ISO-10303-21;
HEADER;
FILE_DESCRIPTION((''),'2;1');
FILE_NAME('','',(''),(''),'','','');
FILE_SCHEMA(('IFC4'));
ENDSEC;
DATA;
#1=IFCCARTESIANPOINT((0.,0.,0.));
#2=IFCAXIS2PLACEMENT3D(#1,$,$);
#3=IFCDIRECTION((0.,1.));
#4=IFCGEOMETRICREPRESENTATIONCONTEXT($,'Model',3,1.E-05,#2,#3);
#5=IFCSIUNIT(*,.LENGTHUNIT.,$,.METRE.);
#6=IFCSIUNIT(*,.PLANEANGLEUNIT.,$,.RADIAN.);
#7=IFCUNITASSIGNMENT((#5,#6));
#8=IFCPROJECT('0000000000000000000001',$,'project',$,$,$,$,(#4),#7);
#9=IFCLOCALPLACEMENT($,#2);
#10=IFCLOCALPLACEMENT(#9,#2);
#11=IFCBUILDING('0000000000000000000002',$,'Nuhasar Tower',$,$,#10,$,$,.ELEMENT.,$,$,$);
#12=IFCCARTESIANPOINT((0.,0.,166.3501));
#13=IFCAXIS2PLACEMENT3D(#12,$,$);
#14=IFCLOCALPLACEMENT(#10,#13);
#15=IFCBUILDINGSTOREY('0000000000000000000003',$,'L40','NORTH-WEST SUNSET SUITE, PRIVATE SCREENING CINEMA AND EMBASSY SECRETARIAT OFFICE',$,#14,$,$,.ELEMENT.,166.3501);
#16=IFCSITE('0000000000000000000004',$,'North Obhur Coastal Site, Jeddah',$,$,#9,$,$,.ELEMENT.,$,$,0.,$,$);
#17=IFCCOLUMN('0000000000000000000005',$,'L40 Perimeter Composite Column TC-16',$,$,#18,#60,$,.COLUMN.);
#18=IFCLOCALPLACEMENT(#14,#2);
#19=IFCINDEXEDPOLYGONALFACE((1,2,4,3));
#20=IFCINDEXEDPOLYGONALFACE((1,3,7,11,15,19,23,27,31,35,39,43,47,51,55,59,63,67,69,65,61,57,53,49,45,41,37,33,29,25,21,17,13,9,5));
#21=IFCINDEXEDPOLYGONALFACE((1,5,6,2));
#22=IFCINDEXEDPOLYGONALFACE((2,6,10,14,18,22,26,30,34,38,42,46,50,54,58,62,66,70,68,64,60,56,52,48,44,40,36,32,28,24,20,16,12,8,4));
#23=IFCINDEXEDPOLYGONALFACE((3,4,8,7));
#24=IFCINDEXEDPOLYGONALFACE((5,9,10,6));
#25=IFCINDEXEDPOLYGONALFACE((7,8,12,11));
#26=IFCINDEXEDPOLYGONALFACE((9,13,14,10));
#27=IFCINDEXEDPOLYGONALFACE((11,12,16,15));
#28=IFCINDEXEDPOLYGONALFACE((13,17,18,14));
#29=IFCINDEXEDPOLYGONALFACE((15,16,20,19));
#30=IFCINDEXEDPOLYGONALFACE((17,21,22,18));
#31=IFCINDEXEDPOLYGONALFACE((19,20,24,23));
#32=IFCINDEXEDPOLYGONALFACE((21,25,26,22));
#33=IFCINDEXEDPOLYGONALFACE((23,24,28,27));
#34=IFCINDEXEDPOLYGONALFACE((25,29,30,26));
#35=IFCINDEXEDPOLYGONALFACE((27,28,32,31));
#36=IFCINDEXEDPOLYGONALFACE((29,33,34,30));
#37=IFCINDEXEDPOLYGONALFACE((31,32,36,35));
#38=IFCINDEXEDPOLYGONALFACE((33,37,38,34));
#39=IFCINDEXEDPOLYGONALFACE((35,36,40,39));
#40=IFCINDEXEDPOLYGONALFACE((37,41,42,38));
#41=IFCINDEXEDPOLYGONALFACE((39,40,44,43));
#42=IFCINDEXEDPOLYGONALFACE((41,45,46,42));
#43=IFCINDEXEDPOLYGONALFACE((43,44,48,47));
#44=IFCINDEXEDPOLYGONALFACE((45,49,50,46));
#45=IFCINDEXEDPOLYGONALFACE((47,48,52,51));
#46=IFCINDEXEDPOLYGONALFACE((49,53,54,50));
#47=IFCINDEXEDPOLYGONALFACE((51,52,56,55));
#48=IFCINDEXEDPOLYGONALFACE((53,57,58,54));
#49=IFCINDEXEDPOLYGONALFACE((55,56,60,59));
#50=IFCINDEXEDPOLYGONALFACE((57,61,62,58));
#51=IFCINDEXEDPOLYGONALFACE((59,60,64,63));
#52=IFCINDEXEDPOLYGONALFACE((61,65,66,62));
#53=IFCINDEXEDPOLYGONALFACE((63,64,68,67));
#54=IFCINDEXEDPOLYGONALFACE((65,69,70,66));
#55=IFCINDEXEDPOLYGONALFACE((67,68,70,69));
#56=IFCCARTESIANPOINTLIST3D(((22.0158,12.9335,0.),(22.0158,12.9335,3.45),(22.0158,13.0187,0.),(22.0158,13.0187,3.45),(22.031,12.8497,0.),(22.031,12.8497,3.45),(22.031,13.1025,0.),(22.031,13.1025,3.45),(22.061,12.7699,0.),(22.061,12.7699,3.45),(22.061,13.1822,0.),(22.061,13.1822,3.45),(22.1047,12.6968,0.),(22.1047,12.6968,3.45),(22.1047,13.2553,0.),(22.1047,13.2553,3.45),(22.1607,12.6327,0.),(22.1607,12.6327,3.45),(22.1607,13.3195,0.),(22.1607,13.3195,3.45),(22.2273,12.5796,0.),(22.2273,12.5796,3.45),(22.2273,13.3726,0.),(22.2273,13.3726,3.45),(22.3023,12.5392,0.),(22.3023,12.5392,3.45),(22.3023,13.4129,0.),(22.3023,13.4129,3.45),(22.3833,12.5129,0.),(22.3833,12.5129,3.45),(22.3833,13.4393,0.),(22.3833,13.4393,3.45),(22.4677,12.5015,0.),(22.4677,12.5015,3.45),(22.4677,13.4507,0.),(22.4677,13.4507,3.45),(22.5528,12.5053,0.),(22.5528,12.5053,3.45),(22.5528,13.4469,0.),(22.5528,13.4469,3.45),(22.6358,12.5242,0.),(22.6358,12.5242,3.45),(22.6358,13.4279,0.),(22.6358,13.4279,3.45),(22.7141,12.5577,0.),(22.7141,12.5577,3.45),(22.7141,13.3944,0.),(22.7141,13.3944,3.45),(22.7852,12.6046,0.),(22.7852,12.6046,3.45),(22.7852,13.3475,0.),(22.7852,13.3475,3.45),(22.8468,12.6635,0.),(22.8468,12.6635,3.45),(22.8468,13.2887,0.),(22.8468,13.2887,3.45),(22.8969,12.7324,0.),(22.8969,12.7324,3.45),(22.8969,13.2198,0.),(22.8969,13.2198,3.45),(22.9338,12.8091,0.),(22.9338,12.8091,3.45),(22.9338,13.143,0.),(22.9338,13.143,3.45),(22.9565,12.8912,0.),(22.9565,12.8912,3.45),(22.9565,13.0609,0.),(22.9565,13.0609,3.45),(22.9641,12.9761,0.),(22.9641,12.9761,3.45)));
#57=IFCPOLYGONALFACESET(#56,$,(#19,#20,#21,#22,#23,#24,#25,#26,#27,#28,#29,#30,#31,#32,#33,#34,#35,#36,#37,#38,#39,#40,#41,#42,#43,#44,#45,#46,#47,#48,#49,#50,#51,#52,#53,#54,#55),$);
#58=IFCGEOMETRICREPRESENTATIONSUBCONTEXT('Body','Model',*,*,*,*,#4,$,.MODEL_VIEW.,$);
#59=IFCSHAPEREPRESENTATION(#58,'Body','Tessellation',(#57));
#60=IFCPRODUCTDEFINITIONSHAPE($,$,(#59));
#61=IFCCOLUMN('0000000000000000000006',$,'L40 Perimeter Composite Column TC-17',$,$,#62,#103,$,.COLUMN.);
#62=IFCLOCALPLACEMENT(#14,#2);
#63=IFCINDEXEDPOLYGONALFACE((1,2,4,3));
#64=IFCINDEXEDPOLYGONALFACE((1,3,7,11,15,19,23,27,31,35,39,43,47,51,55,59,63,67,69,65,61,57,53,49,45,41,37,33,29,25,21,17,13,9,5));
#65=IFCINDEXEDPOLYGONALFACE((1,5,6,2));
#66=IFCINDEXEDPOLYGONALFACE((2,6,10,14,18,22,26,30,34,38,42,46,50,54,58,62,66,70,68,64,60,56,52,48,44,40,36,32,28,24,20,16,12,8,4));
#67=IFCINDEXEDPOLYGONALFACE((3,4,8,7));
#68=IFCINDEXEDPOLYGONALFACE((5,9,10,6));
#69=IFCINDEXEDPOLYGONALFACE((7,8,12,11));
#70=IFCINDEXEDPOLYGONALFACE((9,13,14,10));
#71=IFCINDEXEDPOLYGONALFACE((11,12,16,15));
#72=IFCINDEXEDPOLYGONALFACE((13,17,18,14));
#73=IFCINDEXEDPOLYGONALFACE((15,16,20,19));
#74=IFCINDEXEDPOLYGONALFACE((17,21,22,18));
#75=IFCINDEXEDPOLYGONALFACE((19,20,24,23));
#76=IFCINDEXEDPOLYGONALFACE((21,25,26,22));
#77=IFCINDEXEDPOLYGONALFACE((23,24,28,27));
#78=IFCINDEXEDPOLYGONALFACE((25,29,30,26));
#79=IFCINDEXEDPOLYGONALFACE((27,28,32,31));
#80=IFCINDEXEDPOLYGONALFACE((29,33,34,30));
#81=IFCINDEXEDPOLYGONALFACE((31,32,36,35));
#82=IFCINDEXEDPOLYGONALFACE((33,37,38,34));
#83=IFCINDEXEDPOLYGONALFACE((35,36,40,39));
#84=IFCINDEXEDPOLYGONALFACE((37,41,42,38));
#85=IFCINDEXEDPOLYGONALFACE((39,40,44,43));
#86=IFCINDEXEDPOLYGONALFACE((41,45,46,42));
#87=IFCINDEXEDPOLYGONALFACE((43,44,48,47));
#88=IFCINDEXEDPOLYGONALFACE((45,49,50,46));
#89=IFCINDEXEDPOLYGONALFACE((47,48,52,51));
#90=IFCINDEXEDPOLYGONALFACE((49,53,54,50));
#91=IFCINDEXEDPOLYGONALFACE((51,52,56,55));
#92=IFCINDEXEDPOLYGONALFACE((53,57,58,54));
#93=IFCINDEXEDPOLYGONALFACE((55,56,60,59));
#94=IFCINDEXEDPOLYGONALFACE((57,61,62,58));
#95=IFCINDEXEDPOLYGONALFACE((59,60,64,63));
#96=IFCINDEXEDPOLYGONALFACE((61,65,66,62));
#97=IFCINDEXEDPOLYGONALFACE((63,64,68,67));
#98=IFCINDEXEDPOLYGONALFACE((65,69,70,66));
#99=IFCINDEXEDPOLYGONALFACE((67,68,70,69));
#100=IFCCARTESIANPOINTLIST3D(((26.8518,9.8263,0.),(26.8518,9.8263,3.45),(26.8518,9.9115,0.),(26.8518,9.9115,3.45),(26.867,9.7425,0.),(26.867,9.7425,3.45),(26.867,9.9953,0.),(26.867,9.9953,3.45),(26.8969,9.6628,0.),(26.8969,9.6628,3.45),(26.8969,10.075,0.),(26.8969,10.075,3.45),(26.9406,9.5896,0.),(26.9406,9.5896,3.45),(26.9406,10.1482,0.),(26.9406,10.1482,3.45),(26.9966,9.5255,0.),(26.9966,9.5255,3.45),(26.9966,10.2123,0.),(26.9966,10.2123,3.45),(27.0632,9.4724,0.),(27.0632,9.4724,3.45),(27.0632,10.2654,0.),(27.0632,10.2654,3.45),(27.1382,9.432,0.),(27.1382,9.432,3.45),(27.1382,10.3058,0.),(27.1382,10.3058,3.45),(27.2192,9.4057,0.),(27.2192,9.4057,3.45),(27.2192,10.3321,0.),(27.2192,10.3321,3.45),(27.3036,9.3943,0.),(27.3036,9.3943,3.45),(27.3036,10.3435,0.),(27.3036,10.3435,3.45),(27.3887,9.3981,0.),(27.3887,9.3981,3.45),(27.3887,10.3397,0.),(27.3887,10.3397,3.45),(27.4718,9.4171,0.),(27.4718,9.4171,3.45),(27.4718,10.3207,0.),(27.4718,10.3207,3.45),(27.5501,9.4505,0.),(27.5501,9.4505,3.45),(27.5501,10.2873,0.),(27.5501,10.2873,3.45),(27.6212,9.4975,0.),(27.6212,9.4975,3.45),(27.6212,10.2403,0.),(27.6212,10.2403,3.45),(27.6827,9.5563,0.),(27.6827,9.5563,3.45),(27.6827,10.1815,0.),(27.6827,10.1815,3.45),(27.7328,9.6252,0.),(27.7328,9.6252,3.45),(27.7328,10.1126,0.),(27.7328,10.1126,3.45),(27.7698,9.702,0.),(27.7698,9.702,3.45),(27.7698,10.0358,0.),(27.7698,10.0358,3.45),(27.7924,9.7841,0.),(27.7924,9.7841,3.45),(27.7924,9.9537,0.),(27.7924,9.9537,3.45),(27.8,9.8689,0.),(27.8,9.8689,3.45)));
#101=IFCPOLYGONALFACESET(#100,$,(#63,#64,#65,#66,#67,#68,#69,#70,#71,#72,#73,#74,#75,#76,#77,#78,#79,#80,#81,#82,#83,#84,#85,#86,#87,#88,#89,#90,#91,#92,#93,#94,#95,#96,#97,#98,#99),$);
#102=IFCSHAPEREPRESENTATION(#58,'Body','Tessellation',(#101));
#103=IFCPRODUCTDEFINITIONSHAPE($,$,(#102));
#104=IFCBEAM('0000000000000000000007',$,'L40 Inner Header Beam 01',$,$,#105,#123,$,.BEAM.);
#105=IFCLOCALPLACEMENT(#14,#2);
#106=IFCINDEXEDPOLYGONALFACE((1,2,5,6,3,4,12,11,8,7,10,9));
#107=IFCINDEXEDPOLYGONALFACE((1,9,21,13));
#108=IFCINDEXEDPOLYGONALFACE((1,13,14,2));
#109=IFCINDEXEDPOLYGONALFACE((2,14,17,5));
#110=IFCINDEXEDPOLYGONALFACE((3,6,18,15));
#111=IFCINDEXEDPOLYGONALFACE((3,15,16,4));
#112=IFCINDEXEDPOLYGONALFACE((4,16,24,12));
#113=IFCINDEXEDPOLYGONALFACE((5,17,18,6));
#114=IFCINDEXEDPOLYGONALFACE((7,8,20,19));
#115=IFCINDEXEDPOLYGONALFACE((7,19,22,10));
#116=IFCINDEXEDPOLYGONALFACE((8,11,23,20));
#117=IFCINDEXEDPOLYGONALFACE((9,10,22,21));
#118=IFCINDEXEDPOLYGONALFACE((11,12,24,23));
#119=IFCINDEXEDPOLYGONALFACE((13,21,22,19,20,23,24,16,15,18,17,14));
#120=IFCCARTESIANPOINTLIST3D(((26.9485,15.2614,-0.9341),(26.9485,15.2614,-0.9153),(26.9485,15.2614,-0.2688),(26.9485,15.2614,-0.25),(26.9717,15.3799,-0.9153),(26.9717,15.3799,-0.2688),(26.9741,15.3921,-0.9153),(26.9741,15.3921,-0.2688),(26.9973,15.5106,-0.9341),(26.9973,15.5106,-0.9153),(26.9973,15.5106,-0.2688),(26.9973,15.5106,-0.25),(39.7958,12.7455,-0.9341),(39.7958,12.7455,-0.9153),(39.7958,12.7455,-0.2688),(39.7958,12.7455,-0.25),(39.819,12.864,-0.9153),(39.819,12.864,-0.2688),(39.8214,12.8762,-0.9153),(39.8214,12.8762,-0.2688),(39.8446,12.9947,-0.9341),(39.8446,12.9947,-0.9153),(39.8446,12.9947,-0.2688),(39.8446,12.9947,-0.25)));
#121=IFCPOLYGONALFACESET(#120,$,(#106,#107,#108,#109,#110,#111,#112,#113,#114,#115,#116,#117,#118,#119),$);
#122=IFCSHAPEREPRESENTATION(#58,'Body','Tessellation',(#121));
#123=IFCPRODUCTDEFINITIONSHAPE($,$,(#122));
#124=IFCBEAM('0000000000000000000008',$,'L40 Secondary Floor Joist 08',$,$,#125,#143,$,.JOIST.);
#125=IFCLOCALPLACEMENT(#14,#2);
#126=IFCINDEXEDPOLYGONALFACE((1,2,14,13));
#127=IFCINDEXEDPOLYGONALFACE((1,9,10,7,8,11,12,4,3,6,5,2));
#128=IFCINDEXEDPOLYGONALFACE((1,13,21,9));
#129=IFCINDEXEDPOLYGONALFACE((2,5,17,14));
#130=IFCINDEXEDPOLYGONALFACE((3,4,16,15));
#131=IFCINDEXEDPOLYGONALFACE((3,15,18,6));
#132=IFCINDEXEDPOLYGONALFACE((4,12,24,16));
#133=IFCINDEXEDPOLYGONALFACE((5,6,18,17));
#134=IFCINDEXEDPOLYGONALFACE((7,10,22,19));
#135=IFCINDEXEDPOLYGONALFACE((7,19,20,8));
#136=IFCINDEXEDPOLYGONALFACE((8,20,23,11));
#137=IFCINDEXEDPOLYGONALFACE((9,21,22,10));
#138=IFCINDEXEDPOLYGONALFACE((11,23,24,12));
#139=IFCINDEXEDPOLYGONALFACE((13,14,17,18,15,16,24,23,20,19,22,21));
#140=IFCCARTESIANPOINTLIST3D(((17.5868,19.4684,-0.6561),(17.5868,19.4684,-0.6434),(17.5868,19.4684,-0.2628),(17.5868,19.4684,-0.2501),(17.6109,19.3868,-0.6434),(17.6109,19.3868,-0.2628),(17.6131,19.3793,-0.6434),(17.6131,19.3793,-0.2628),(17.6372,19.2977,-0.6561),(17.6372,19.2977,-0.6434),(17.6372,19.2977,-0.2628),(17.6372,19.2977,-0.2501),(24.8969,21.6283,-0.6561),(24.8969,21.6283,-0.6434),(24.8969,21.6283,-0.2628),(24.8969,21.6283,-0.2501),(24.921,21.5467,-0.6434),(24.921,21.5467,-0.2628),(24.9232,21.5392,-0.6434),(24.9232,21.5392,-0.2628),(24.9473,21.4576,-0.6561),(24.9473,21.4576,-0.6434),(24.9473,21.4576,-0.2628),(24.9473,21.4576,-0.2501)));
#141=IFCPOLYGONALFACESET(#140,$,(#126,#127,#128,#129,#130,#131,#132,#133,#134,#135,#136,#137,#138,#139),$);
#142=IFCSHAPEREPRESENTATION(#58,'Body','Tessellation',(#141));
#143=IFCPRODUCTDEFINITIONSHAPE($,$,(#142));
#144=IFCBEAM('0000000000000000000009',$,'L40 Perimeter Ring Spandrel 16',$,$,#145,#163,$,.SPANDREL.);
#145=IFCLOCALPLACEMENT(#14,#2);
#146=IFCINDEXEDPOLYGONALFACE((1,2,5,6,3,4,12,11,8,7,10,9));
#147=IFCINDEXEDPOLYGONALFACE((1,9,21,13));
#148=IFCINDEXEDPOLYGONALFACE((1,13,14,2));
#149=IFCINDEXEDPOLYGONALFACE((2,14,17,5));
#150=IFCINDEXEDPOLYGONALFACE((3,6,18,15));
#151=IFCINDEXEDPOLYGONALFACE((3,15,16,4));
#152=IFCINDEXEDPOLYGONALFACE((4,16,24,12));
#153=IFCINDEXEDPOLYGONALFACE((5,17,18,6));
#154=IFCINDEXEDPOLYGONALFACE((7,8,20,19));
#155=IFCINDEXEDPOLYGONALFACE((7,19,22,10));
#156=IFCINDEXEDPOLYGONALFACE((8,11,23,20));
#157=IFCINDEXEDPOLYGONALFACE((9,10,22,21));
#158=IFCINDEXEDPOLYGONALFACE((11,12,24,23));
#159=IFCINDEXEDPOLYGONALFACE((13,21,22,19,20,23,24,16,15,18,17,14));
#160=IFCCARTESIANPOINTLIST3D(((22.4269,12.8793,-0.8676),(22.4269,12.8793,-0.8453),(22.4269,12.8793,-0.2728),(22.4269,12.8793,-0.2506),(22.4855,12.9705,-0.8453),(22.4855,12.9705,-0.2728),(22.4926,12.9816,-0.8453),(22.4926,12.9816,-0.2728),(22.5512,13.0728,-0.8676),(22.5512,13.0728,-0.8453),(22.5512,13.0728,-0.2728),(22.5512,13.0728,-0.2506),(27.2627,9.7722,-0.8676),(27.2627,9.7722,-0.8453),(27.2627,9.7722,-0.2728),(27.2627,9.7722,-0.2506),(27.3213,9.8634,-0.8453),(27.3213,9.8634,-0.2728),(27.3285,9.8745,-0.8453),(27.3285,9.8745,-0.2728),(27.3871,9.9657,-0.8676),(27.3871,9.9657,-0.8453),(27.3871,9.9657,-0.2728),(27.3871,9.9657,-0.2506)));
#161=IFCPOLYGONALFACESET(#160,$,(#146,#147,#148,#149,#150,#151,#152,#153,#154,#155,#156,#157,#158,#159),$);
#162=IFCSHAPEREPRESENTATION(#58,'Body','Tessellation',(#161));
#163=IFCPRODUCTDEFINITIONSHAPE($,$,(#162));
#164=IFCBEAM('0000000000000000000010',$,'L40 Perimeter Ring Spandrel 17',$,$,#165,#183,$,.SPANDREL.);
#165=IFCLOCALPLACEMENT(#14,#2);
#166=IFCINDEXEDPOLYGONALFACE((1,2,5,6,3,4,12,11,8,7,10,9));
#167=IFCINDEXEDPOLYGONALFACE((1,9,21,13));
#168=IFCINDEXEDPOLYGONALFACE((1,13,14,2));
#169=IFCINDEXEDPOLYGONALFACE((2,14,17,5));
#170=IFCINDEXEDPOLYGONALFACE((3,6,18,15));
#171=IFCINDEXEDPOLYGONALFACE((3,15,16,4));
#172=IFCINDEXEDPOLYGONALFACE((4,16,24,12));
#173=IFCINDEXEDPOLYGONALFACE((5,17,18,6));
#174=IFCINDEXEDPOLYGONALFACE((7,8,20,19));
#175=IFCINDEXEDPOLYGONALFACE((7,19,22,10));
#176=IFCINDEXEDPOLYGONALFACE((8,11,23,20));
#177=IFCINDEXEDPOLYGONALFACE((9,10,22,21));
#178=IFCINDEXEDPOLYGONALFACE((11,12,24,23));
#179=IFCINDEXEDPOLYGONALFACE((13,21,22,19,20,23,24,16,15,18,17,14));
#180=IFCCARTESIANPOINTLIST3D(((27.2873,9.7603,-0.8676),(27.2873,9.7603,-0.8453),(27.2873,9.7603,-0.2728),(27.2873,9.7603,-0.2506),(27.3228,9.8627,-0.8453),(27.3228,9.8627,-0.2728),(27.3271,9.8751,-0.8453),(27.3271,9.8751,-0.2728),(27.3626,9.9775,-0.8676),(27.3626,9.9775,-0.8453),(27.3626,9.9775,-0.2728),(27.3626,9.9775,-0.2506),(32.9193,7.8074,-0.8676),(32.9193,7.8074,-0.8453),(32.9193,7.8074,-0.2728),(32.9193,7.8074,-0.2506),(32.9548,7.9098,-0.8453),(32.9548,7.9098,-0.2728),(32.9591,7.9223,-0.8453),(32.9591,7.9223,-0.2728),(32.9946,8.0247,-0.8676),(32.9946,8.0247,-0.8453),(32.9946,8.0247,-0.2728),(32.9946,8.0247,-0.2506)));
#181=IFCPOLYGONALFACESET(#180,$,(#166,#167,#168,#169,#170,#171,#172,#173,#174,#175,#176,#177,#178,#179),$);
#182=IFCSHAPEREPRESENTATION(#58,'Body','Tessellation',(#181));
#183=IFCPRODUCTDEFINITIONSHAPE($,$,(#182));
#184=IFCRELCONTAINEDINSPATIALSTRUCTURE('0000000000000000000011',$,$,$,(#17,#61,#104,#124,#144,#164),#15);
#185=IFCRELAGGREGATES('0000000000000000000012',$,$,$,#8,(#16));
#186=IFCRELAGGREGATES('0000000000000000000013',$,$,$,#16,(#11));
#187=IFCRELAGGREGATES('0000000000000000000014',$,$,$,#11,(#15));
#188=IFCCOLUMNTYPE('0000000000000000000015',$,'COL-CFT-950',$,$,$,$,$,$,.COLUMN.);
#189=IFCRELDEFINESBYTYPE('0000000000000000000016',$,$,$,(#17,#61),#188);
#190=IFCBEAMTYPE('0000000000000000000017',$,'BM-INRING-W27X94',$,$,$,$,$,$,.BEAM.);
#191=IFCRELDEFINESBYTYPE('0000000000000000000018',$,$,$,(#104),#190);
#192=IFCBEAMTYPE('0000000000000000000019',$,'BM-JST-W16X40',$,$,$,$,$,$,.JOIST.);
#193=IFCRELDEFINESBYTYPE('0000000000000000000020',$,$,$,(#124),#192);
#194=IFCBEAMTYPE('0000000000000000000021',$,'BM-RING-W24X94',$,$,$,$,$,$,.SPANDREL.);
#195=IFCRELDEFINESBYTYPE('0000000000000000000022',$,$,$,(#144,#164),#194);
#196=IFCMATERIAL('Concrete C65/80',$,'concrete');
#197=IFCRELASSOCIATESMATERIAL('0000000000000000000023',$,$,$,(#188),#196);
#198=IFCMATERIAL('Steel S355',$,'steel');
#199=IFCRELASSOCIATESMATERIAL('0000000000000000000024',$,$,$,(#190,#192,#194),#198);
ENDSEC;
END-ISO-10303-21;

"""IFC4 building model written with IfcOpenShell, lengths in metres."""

from ifc_helpers import new_model, si_unit, direction, frame, origin, origin_2d, place, context, subcontext, project, spatial, circle, i_section, extrude, material, material_profile, profile_set, type_object, element, save


model = new_model("IFC4")

# Units and contexts
model_context = context("Model", 3, precision=1e-05, world=origin(), true_north=direction((0.0, 1.0)))
body_context = subcontext(model_context, "Body", "Model", "MODEL_VIEW")
ifc_project = project(units=[si_unit("LENGTHUNIT", "METRE"), si_unit("PLANEANGLEUNIT", "RADIAN")], contexts=[model_context])

# Site, building, storey
site_placement = place(None, origin())
site = spatial("IfcSite", under=ifc_project, at=site_placement, Name="North Obhur Coastal Site, Jeddah", CompositionType="ELEMENT", RefElevation=0.0)
building_placement = place(site_placement, origin())
building = spatial("IfcBuilding", under=site, at=building_placement, Name="Nuhasar Tower", CompositionType="ELEMENT")
storey_placement = place(building_placement, frame((0.0, 0.0, 166.3501)))
storey = spatial("IfcBuildingStorey", under=building, at=storey_placement, Name="L40", Description="NORTH-WEST SUNSET SUITE, PRIVATE SCREENING CINEMA AND EMBASSY SECRETARIAT OFFICE", CompositionType="ELEMENT", Elevation=166.3501)

# Columns
ifc_material_1 = material(Name="Concrete C65/80", Category="concrete")
ifc_material_profile_1 = material_profile(ifc_material_1, circle(Radius=0.4751, at=origin_2d()), Name="CFT950")
ifc_profile_set_1 = profile_set([ifc_material_profile_1], Name="Concrete C65/80")
column_type = type_object("IfcColumnType", Name="COL-CFT-950", PredefinedType="COLUMN", material=ifc_profile_set_1)
for number, where, z_axis, x_axis, name in (
    (1, (22.489, 12.9761, 0.0), (0.0, 0.0, 1.0), (1.0, 0.0, 0.0), "L40 Perimeter Composite Column TC-16"),
    (2, (27.325, 9.8689, 0.0), (0.0, 0.0, 1.0), (1.0, 0.0, 0.0), "L40 Perimeter Composite Column TC-17"),
):
    element("IfcColumn", number, at=place(storey_placement, frame(where, z_axis=z_axis, x_axis=x_axis)), inside=storey, type_object=column_type, Name=name, PredefinedType="COLUMN", context=body_context, shape_type="SweptSolid", body=[
        extrude(circle(Radius=0.4751, at=origin_2d()), origin(), (0.0, 0.0, 1.0), 3.45),
    ])

# Beams
ifc_material_2 = material(Name="Steel S355", Category="steel")
ifc_material_profile_2 = material_profile(ifc_material_2, i_section(OverallWidth=0.2539, OverallDepth=0.6841, WebThickness=0.0125, FlangeThickness=0.0188, at=origin_2d()), Name="W27X94")
ifc_profile_set_2 = profile_set([ifc_material_profile_2], Name="Steel S355")
beam_type_1 = type_object("IfcBeamType", Name="BM-INRING-W27X94", PredefinedType="BEAM", material=ifc_profile_set_2)
beam_1_placement = place(storey_placement, frame((26.9729, 15.386, -0.592), z_axis=(0.98136, -0.19218, 0.0), x_axis=(0.19218, 0.98136, 0.0)))
element("IfcBeam", 3, at=beam_1_placement, inside=storey, type_object=beam_type_1, Name="L40 Inner Header Beam 01", PredefinedType="BEAM", context=body_context, shape_type="SweptSolid", body=[
    extrude(i_section(OverallWidth=0.2539, OverallDepth=0.6841, WebThickness=0.0125, FlangeThickness=0.0188, at=origin_2d()), origin(), (0.0, 0.0, 1.0), 13.0913),
])
ifc_material_profile_3 = material_profile(ifc_material_2, i_section(OverallWidth=0.178, OverallDepth=0.406, WebThickness=0.0078, FlangeThickness=0.0127, at=origin_2d()), Name="W16X40")
ifc_profile_set_3 = profile_set([ifc_material_profile_3], Name="Steel S355")
beam_type_2 = type_object("IfcBeamType", Name="BM-JST-W16X40", PredefinedType="JOIST", material=ifc_profile_set_3)
beam_2_placement = place(storey_placement, frame((24.9221, 21.543, -0.4531), z_axis=(-0.959013, -0.283361, 0.0), x_axis=(0.283361, -0.959013, 0.0)))
element("IfcBeam", 4, at=beam_2_placement, inside=storey, type_object=beam_type_2, Name="L40 Secondary Floor Joist 08", PredefinedType="JOIST", context=body_context, shape_type="SweptSolid", body=[
    extrude(i_section(OverallWidth=0.178, OverallDepth=0.406, WebThickness=0.0078, FlangeThickness=0.0127, at=origin_2d()), origin(), (0.0, 0.0, 1.0), 7.6226),
])
ifc_material_profile_4 = material_profile(ifc_material_2, i_section(OverallWidth=0.23, OverallDepth=0.6169, WebThickness=0.0132, FlangeThickness=0.0222, at=origin_2d()), Name="W24X94")
ifc_profile_set_4 = profile_set([ifc_material_profile_4], Name="Steel S355")
beam_type_3 = type_object("IfcBeamType", Name="BM-RING-W24X94", PredefinedType="SPANDREL", material=ifc_profile_set_4)
beam_3_placement = place(storey_placement, frame((22.489, 12.9761, -0.5591), z_axis=(0.841308, -0.540556, 0.0), x_axis=(0.540556, 0.841308, 0.0)))
element("IfcBeam", 5, at=beam_3_placement, inside=storey, type_object=beam_type_3, Name="L40 Perimeter Ring Spandrel 16", PredefinedType="SPANDREL", context=body_context, shape_type="SweptSolid", body=[
    extrude(i_section(OverallWidth=0.23, OverallDepth=0.6169, WebThickness=0.0132, FlangeThickness=0.0222, at=origin_2d()), origin(), (0.0, 0.0, 1.0), 5.748),
])
beam_4_placement = place(storey_placement, frame((27.325, 9.8689, -0.5591), z_axis=(0.944814, -0.327607, 0.0), x_axis=(0.327607, 0.944814, 0.0)))
element("IfcBeam", 6, at=beam_4_placement, inside=storey, type_object=beam_type_3, Name="L40 Perimeter Ring Spandrel 17", PredefinedType="SPANDREL", context=body_context, shape_type="SweptSolid", body=[
    extrude(i_section(OverallWidth=0.23, OverallDepth=0.6169, WebThickness=0.0132, FlangeThickness=0.0222, at=origin_2d()), origin(), (0.0, 0.0, 1.0), 5.9609),
])

save(model, "model.ifc")
